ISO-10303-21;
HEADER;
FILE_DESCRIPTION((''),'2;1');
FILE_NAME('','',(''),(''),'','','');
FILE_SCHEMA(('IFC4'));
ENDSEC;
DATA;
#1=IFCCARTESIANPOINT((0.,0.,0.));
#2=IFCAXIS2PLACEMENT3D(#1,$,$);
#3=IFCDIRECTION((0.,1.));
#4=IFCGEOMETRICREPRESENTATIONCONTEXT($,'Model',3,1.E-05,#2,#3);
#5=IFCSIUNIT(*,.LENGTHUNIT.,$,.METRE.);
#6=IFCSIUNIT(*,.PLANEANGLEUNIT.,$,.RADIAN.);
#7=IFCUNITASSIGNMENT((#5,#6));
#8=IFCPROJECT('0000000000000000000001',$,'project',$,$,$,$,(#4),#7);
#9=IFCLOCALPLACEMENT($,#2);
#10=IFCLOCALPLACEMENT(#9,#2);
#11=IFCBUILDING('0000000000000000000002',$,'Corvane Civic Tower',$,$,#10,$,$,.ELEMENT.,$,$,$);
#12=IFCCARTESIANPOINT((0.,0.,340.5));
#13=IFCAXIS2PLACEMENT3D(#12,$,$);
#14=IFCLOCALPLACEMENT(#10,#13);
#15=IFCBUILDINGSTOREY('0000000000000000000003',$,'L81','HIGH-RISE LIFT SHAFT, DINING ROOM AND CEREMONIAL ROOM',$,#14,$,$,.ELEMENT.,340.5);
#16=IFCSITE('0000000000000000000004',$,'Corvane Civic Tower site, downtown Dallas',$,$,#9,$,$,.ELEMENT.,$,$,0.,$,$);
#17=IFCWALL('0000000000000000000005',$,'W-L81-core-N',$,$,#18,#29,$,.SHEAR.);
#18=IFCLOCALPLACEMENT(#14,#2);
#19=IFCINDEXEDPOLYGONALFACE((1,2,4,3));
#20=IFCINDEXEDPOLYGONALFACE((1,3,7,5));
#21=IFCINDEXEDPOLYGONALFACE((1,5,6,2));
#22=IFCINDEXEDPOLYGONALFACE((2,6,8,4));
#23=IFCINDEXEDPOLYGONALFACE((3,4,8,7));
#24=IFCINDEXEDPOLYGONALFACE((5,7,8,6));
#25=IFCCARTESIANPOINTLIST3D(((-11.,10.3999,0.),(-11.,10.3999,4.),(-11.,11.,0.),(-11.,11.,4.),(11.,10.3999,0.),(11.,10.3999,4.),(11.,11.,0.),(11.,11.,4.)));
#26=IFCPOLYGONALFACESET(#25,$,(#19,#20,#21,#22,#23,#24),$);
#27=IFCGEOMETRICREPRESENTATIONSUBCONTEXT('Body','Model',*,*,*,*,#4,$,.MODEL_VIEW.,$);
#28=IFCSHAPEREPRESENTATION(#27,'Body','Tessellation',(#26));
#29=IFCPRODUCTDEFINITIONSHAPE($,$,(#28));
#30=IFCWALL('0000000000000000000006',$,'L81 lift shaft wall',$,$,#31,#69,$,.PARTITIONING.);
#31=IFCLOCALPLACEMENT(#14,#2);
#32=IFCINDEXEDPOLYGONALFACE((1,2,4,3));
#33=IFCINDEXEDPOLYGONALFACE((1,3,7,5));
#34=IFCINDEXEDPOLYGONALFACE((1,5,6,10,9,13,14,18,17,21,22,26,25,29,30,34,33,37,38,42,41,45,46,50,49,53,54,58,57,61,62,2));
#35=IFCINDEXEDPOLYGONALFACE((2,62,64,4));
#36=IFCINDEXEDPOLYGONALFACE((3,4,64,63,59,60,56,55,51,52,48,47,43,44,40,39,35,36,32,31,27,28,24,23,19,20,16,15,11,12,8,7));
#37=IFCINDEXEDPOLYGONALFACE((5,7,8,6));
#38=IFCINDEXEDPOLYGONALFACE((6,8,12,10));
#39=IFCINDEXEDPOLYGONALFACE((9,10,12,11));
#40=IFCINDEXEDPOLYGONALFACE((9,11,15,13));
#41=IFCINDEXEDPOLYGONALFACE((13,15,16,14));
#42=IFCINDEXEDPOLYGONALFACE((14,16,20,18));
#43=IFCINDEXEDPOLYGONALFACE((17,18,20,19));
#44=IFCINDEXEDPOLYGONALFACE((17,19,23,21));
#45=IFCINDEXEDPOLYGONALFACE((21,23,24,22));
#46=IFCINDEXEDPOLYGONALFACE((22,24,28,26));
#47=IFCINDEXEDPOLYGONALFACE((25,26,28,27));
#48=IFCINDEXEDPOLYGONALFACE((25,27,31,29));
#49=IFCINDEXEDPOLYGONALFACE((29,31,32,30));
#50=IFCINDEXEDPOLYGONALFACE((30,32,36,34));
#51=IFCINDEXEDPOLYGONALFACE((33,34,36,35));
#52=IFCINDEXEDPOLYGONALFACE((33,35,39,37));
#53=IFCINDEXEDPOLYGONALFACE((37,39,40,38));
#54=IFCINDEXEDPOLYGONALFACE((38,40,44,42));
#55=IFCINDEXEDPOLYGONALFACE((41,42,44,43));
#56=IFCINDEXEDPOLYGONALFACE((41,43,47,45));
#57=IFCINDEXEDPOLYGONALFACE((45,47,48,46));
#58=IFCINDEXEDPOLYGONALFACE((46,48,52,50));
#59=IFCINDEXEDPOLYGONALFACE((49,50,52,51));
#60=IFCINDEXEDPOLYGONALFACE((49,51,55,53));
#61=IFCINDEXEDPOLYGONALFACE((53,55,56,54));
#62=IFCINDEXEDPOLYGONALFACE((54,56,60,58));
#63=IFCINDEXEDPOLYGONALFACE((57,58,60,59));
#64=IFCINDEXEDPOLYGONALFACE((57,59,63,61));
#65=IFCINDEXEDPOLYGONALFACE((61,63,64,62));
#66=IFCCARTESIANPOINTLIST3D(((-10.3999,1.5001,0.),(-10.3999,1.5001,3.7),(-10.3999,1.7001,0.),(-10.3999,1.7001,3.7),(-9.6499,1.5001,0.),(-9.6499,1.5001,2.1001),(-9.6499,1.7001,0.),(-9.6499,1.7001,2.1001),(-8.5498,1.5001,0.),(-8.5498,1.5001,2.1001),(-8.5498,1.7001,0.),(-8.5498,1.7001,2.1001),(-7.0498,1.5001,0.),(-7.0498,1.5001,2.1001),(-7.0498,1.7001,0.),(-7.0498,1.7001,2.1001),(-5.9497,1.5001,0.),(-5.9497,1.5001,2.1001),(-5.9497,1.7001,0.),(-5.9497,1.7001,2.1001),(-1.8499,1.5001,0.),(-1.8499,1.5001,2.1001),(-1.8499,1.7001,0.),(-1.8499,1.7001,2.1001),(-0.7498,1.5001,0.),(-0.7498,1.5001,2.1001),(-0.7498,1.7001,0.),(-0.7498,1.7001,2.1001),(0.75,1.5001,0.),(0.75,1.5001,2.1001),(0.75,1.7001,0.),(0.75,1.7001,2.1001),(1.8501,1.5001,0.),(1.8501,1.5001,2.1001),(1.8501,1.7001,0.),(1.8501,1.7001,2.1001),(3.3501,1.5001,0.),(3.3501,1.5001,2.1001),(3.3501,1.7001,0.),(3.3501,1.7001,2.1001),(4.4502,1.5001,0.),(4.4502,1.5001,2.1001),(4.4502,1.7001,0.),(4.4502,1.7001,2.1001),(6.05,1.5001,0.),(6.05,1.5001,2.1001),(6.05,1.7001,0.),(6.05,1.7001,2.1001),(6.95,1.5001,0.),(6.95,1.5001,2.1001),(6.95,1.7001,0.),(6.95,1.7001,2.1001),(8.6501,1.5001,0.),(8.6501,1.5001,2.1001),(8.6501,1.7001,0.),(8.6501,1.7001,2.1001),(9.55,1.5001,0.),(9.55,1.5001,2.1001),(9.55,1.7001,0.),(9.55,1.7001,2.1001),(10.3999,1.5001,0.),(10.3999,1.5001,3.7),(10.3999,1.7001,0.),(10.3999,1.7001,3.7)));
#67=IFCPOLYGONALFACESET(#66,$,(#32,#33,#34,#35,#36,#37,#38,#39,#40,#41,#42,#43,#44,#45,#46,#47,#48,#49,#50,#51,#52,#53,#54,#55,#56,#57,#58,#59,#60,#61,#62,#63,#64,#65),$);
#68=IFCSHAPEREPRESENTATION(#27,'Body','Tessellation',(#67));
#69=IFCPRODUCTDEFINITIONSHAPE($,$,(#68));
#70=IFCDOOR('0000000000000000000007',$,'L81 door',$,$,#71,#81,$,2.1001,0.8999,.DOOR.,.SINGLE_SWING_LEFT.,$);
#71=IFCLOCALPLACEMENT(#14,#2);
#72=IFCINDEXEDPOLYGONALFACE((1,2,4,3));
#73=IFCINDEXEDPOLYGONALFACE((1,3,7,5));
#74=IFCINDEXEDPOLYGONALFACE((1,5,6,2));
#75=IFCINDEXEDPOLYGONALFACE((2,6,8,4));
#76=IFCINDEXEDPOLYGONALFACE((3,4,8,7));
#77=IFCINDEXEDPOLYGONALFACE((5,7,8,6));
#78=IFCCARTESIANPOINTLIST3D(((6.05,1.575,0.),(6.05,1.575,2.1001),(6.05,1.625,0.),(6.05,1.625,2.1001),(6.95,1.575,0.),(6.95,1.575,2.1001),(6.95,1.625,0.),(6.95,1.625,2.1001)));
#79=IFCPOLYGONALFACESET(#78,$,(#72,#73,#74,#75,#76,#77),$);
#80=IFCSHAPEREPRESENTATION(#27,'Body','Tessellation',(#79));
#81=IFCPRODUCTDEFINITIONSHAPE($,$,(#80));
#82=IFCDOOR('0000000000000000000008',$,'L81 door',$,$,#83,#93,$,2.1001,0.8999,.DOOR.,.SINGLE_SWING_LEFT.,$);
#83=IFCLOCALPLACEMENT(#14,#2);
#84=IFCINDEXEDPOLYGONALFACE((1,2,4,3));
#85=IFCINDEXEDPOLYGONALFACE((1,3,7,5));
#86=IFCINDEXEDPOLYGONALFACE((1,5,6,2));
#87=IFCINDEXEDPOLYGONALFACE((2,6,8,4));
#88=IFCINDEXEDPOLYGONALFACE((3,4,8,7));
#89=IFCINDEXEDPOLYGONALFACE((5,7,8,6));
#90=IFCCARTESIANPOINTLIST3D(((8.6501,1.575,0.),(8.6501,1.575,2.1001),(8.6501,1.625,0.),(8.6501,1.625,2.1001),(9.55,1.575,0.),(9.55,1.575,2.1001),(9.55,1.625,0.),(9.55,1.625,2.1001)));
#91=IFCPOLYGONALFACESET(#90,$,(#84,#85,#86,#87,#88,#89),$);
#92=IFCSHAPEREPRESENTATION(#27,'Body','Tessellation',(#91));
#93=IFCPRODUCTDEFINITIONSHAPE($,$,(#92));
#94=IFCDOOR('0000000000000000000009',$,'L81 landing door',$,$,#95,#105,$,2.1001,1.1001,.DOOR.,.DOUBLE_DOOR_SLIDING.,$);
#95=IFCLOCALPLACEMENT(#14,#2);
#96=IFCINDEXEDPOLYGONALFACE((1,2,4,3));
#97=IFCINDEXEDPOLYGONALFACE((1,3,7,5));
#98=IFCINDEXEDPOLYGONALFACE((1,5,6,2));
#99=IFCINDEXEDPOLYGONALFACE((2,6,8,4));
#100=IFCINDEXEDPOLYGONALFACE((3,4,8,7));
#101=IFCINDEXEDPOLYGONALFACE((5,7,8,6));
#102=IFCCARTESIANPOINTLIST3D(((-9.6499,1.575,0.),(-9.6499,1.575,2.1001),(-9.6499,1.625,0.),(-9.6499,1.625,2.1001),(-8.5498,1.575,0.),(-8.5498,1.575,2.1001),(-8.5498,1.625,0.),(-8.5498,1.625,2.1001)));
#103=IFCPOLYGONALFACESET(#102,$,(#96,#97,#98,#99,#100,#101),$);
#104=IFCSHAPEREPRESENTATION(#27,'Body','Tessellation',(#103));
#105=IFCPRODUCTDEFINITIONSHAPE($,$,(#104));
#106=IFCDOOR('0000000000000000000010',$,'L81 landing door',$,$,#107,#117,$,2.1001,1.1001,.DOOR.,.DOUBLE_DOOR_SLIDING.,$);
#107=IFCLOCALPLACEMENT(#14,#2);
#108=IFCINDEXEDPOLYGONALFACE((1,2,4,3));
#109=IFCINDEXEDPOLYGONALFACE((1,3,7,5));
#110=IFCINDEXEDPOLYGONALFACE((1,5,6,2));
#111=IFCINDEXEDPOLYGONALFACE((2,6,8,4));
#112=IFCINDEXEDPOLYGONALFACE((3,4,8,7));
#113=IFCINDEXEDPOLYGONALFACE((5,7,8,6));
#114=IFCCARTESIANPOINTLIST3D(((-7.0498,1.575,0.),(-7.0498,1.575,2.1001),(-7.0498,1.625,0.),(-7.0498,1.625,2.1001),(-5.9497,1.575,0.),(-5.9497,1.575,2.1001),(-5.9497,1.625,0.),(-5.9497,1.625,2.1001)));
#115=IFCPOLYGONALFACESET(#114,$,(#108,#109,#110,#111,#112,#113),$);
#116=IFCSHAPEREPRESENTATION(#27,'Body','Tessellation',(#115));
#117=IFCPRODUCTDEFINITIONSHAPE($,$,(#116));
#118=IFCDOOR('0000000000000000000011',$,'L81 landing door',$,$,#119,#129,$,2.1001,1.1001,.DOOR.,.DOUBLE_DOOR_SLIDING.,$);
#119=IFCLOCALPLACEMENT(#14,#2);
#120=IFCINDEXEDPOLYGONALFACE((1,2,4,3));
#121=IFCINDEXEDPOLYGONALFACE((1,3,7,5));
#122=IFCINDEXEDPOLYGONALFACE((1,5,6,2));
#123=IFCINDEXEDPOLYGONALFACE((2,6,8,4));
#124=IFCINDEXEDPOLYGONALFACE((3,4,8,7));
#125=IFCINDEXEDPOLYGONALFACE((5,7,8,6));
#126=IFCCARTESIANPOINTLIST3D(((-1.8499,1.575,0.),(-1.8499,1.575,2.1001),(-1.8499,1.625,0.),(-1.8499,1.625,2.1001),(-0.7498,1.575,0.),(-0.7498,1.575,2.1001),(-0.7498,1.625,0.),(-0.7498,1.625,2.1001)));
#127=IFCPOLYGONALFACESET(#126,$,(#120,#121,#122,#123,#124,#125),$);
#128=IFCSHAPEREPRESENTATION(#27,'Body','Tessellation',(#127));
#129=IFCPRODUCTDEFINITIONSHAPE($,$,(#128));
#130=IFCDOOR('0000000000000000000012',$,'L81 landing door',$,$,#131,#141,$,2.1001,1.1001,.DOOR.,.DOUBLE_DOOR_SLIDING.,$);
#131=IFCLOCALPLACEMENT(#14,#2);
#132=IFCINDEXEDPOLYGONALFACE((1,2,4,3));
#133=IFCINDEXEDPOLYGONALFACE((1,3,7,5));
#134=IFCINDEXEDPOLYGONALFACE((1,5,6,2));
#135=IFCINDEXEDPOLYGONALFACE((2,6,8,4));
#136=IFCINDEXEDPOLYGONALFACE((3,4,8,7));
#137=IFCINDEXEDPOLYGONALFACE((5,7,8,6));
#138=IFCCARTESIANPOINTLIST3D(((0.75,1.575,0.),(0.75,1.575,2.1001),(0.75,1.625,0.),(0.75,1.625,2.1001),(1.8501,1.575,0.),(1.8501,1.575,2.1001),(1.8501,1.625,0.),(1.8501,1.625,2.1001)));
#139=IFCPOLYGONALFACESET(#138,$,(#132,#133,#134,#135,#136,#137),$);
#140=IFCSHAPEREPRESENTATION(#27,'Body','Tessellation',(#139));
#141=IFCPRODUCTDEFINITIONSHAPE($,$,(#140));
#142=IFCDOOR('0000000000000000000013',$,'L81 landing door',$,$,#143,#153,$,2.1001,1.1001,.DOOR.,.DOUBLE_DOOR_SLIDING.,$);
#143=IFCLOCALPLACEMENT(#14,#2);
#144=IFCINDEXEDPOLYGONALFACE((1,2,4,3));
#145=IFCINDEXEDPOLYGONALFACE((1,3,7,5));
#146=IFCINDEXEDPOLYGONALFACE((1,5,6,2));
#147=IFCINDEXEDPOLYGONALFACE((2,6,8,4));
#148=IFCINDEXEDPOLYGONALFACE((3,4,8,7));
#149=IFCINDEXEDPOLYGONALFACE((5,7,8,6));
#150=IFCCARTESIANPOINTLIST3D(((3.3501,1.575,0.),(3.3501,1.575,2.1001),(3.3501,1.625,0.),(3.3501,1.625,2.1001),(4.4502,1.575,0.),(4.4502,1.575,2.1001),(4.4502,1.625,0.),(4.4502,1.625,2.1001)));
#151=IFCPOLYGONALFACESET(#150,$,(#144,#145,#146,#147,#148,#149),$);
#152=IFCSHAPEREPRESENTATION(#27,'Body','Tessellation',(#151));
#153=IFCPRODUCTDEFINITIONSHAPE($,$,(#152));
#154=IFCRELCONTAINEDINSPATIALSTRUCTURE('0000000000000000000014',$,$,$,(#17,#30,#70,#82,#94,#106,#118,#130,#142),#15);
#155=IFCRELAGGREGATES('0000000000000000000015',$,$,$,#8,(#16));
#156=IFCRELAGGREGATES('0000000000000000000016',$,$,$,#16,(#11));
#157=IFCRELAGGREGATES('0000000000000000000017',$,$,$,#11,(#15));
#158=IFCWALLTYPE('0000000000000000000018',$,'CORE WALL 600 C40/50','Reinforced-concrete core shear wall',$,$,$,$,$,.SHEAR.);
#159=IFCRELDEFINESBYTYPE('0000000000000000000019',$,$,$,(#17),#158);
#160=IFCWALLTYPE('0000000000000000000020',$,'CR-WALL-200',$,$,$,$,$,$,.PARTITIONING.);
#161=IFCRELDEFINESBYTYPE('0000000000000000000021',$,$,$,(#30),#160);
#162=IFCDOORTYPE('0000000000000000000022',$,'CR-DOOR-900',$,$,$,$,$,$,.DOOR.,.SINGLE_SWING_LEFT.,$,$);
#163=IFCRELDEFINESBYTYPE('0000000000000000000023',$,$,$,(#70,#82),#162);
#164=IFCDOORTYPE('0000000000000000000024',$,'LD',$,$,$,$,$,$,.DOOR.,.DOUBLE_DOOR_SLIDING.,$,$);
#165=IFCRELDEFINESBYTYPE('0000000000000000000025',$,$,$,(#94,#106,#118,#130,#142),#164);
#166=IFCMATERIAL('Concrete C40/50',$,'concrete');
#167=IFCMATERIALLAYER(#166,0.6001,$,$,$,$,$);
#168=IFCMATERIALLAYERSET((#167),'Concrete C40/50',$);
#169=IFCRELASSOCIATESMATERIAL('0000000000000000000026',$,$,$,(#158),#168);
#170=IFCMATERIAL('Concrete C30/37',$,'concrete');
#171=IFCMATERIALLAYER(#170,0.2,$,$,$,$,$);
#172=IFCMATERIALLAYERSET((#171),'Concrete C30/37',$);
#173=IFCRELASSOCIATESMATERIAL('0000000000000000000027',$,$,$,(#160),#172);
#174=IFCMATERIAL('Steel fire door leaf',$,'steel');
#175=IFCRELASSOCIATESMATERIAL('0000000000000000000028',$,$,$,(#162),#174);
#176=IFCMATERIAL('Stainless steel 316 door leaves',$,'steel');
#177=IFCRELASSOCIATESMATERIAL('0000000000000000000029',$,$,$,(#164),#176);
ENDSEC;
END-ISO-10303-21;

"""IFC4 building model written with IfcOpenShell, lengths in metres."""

from ifc_helpers import new_model, si_unit, direction, frame, frame_2d, origin, place, context, subcontext, project, spatial, rectangle, extrude, material, layer, layer_set, type_object, element, fill, save


model = new_model("IFC4")

# Units and contexts
model_context = context("Model", 3, precision=1e-05, world=origin(), true_north=direction((0.0, 1.0)))
body_context = subcontext(model_context, "Body", "Model", "MODEL_VIEW")
ifc_project = project(units=[si_unit("LENGTHUNIT", "METRE"), si_unit("PLANEANGLEUNIT", "RADIAN")], contexts=[model_context])

# Site, building, storey
site_placement = place(None, origin())
site = spatial("IfcSite", under=ifc_project, at=site_placement, Name="Corvane Civic Tower site, downtown Dallas", CompositionType="ELEMENT", RefElevation=0.0)
building_placement = place(site_placement, origin())
building = spatial("IfcBuilding", under=site, at=building_placement, Name="Corvane Civic Tower", CompositionType="ELEMENT")
storey_placement = place(building_placement, frame((0.0, 0.0, 340.5)))
storey = spatial("IfcBuildingStorey", under=building, at=storey_placement, Name="L81", Description="HIGH-RISE LIFT SHAFT, DINING ROOM AND CEREMONIAL ROOM", CompositionType="ELEMENT", Elevation=340.5)

# Wall
ifc_material_1 = material(Name="Concrete C40/50", Category="concrete")
ifc_layer_1 = layer(ifc_material_1, 0.6001)
ifc_layer_set_1 = layer_set([ifc_layer_1], Name="Concrete C40/50")
wall_type_1 = type_object("IfcWallType", Name="CORE WALL 600 C40/50", Description="Reinforced-concrete core shear wall", PredefinedType="SHEAR", material=ifc_layer_set_1)
wall_1_placement = place(storey_placement, frame((-11.0, 10.7, 0.0), z_axis=(0.0, 0.0, 1.0), x_axis=(1.0, 0.0, 0.0)))
element("IfcWall", 1, at=wall_1_placement, inside=storey, type_object=wall_type_1, Name="W-L81-core-N", PredefinedType="SHEAR", context=body_context, shape_type="SweptSolid", body=[
    extrude(rectangle(XDim=22.0, YDim=0.6001, at=frame_2d((11.0, 0.0))), origin(), (0.0, 0.0, 1.0), 4.0),
])

# Wall, openings, doors
ifc_material_2 = material(Name="Concrete C30/37", Category="concrete")
ifc_layer_2 = layer(ifc_material_2, 0.2)
ifc_layer_set_2 = layer_set([ifc_layer_2], Name="Concrete C30/37")
wall_type_2 = type_object("IfcWallType", Name="CR-WALL-200", PredefinedType="PARTITIONING", material=ifc_layer_set_2)
wall_2_placement = place(storey_placement, frame((-10.3999, 1.6001, 0.0), z_axis=(0.0, 0.0, 1.0), x_axis=(1.0, 0.0, 0.0)))
wall_2 = element("IfcWall", 2, at=wall_2_placement, inside=storey, type_object=wall_type_2, Name="L81 lift shaft wall", PredefinedType="PARTITIONING", context=body_context, shape_type="SweptSolid", body=[
    extrude(rectangle(XDim=20.7998, YDim=0.2, at=frame_2d((10.3999, 0.0))), origin(), (0.0, 0.0, 1.0), 3.7),
])
opening_1_placement = place(wall_2_placement, frame((0.75, 0.0, 0.0)))
opening_1 = element("IfcOpeningElement", 3, at=opening_1_placement, cuts=wall_2, PredefinedType="OPENING", context=body_context, shape_type="SweptSolid", body=[
    extrude(rectangle(XDim=1.1001, YDim=2.1001, at=frame_2d((0.55, 1.05))), frame((0.0, 0.1099, 0.0), z_axis=(0.0, -1.0, 0.0), x_axis=(1.0, 0.0, 0.0)), (0.0, 0.0, 1.0), 0.22),
])
opening_2_placement = place(wall_2_placement, frame((3.3501, 0.0, 0.0)))
opening_2 = element("IfcOpeningElement", 4, at=opening_2_placement, cuts=wall_2, PredefinedType="OPENING", context=body_context, shape_type="SweptSolid", body=[
    extrude(rectangle(XDim=1.1001, YDim=2.1001, at=frame_2d((0.55, 1.05))), frame((0.0, 0.1099, 0.0), z_axis=(0.0, -1.0, 0.0), x_axis=(1.0, 0.0, 0.0)), (0.0, 0.0, 1.0), 0.22),
])
opening_3_placement = place(wall_2_placement, frame((8.55, 0.0, 0.0)))
opening_3 = element("IfcOpeningElement", 5, at=opening_3_placement, cuts=wall_2, PredefinedType="OPENING", context=body_context, shape_type="SweptSolid", body=[
    extrude(rectangle(XDim=1.1001, YDim=2.1001, at=frame_2d((0.55, 1.05))), frame((0.0, 0.1099, 0.0), z_axis=(0.0, -1.0, 0.0), x_axis=(1.0, 0.0, 0.0)), (0.0, 0.0, 1.0), 0.22),
])
opening_4_placement = place(wall_2_placement, frame((11.1499, 0.0, 0.0)))
opening_4 = element("IfcOpeningElement", 6, at=opening_4_placement, cuts=wall_2, PredefinedType="OPENING", context=body_context, shape_type="SweptSolid", body=[
    extrude(rectangle(XDim=1.1001, YDim=2.1001, at=frame_2d((0.55, 1.05))), frame((0.0, 0.1099, 0.0), z_axis=(0.0, -1.0, 0.0), x_axis=(1.0, 0.0, 0.0)), (0.0, 0.0, 1.0), 0.22),
])
opening_5_placement = place(wall_2_placement, frame((13.75, 0.0, 0.0)))
opening_5 = element("IfcOpeningElement", 7, at=opening_5_placement, cuts=wall_2, PredefinedType="OPENING", context=body_context, shape_type="SweptSolid", body=[
    extrude(rectangle(XDim=1.1001, YDim=2.1001, at=frame_2d((0.55, 1.05))), frame((0.0, 0.1099, 0.0), z_axis=(0.0, -1.0, 0.0), x_axis=(1.0, 0.0, 0.0)), (0.0, 0.0, 1.0), 0.22),
])
opening_6_placement = place(wall_2_placement, frame((16.45, 0.0, 0.0)))
opening_6 = element("IfcOpeningElement", 8, at=opening_6_placement, cuts=wall_2, PredefinedType="OPENING", context=body_context, shape_type="SweptSolid", body=[
    extrude(rectangle(XDim=0.8999, YDim=2.1001, at=frame_2d((0.45, 1.05))), frame((0.0, 0.1099, 0.0), z_axis=(0.0, -1.0, 0.0), x_axis=(1.0, 0.0, 0.0)), (0.0, 0.0, 1.0), 0.22),
])
opening_7_placement = place(wall_2_placement, frame((19.05, 0.0, 0.0)))
opening_7 = element("IfcOpeningElement", 9, at=opening_7_placement, cuts=wall_2, PredefinedType="OPENING", context=body_context, shape_type="SweptSolid", body=[
    extrude(rectangle(XDim=0.8999, YDim=2.1001, at=frame_2d((0.45, 1.05))), frame((0.0, 0.1099, 0.0), z_axis=(0.0, -1.0, 0.0), x_axis=(1.0, 0.0, 0.0)), (0.0, 0.0, 1.0), 0.22),
])
ifc_material_3 = material(Name="Steel fire door leaf", Category="steel")
door_type_1 = type_object("IfcDoorType", Name="CR-DOOR-900", OperationType="SINGLE_SWING_LEFT", PredefinedType="DOOR", material=ifc_material_3)
door_1_placement = place(opening_6_placement, origin())
door_1 = element("IfcDoor", 10, at=door_1_placement, inside=storey, type_object=door_type_1, Name="L81 door", OperationType="SINGLE_SWING_LEFT", OverallHeight=2.1001, OverallWidth=0.8999, PredefinedType="DOOR", context=body_context, shape_type="SweptSolid", body=[
    extrude(rectangle(XDim=0.8999, YDim=2.1001, at=frame_2d((0.45, 1.05))), frame((0.0, 0.0249, 0.0), z_axis=(0.0, -1.0, 0.0), x_axis=(1.0, 0.0, 0.0)), (0.0, 0.0, 1.0), 0.05),
])
fill(opening_6, door_1)
door_2_placement = place(opening_7_placement, origin())
door_2 = element("IfcDoor", 11, at=door_2_placement, inside=storey, type_object=door_type_1, Name="L81 door", OperationType="SINGLE_SWING_LEFT", OverallHeight=2.1001, OverallWidth=0.8999, PredefinedType="DOOR", context=body_context, shape_type="SweptSolid", body=[
    extrude(rectangle(XDim=0.8999, YDim=2.1001, at=frame_2d((0.45, 1.05))), frame((0.0, 0.0249, 0.0), z_axis=(0.0, -1.0, 0.0), x_axis=(1.0, 0.0, 0.0)), (0.0, 0.0, 1.0), 0.05),
])
fill(opening_7, door_2)
ifc_material_4 = material(Name="Stainless steel 316 door leaves", Category="steel")
door_type_2 = type_object("IfcDoorType", Name="LD", OperationType="DOUBLE_DOOR_SLIDING", PredefinedType="DOOR", material=ifc_material_4)
door_3_placement = place(opening_1_placement, origin())
door_3 = element("IfcDoor", 12, at=door_3_placement, inside=storey, type_object=door_type_2, Name="L81 landing door", OperationType="DOUBLE_DOOR_SLIDING", OverallHeight=2.1001, OverallWidth=1.1001, PredefinedType="DOOR", context=body_context, shape_type="SweptSolid", body=[
    extrude(rectangle(XDim=1.1001, YDim=2.1001, at=frame_2d((0.55, 1.05))), frame((0.0, 0.0249, 0.0), z_axis=(0.0, -1.0, 0.0), x_axis=(1.0, 0.0, 0.0)), (0.0, 0.0, 1.0), 0.05),
])
fill(opening_1, door_3)
door_4_placement = place(opening_2_placement, origin())
door_4 = element("IfcDoor", 13, at=door_4_placement, inside=storey, type_object=door_type_2, Name="L81 landing door", OperationType="DOUBLE_DOOR_SLIDING", OverallHeight=2.1001, OverallWidth=1.1001, PredefinedType="DOOR", context=body_context, shape_type="SweptSolid", body=[
    extrude(rectangle(XDim=1.1001, YDim=2.1001, at=frame_2d((0.55, 1.05))), frame((0.0, 0.0249, 0.0), z_axis=(0.0, -1.0, 0.0), x_axis=(1.0, 0.0, 0.0)), (0.0, 0.0, 1.0), 0.05),
])
fill(opening_2, door_4)
door_5_placement = place(opening_3_placement, origin())
door_5 = element("IfcDoor", 14, at=door_5_placement, inside=storey, type_object=door_type_2, Name="L81 landing door", OperationType="DOUBLE_DOOR_SLIDING", OverallHeight=2.1001, OverallWidth=1.1001, PredefinedType="DOOR", context=body_context, shape_type="SweptSolid", body=[
    extrude(rectangle(XDim=1.1001, YDim=2.1001, at=frame_2d((0.55, 1.05))), frame((0.0, 0.0249, 0.0), z_axis=(0.0, -1.0, 0.0), x_axis=(1.0, 0.0, 0.0)), (0.0, 0.0, 1.0), 0.05),
])
fill(opening_3, door_5)
door_6_placement = place(opening_4_placement, origin())
door_6 = element("IfcDoor", 15, at=door_6_placement, inside=storey, type_object=door_type_2, Name="L81 landing door", OperationType="DOUBLE_DOOR_SLIDING", OverallHeight=2.1001, OverallWidth=1.1001, PredefinedType="DOOR", context=body_context, shape_type="SweptSolid", body=[
    extrude(rectangle(XDim=1.1001, YDim=2.1001, at=frame_2d((0.55, 1.05))), frame((0.0, 0.0249, 0.0), z_axis=(0.0, -1.0, 0.0), x_axis=(1.0, 0.0, 0.0)), (0.0, 0.0, 1.0), 0.05),
])
fill(opening_4, door_6)
door_7_placement = place(opening_5_placement, origin())
door_7 = element("IfcDoor", 16, at=door_7_placement, inside=storey, type_object=door_type_2, Name="L81 landing door", OperationType="DOUBLE_DOOR_SLIDING", OverallHeight=2.1001, OverallWidth=1.1001, PredefinedType="DOOR", context=body_context, shape_type="SweptSolid", body=[
    extrude(rectangle(XDim=1.1001, YDim=2.1001, at=frame_2d((0.55, 1.05))), frame((0.0, 0.0249, 0.0), z_axis=(0.0, -1.0, 0.0), x_axis=(1.0, 0.0, 0.0)), (0.0, 0.0, 1.0), 0.05),
])
fill(opening_5, door_7)

save(model, "model.ifc")
